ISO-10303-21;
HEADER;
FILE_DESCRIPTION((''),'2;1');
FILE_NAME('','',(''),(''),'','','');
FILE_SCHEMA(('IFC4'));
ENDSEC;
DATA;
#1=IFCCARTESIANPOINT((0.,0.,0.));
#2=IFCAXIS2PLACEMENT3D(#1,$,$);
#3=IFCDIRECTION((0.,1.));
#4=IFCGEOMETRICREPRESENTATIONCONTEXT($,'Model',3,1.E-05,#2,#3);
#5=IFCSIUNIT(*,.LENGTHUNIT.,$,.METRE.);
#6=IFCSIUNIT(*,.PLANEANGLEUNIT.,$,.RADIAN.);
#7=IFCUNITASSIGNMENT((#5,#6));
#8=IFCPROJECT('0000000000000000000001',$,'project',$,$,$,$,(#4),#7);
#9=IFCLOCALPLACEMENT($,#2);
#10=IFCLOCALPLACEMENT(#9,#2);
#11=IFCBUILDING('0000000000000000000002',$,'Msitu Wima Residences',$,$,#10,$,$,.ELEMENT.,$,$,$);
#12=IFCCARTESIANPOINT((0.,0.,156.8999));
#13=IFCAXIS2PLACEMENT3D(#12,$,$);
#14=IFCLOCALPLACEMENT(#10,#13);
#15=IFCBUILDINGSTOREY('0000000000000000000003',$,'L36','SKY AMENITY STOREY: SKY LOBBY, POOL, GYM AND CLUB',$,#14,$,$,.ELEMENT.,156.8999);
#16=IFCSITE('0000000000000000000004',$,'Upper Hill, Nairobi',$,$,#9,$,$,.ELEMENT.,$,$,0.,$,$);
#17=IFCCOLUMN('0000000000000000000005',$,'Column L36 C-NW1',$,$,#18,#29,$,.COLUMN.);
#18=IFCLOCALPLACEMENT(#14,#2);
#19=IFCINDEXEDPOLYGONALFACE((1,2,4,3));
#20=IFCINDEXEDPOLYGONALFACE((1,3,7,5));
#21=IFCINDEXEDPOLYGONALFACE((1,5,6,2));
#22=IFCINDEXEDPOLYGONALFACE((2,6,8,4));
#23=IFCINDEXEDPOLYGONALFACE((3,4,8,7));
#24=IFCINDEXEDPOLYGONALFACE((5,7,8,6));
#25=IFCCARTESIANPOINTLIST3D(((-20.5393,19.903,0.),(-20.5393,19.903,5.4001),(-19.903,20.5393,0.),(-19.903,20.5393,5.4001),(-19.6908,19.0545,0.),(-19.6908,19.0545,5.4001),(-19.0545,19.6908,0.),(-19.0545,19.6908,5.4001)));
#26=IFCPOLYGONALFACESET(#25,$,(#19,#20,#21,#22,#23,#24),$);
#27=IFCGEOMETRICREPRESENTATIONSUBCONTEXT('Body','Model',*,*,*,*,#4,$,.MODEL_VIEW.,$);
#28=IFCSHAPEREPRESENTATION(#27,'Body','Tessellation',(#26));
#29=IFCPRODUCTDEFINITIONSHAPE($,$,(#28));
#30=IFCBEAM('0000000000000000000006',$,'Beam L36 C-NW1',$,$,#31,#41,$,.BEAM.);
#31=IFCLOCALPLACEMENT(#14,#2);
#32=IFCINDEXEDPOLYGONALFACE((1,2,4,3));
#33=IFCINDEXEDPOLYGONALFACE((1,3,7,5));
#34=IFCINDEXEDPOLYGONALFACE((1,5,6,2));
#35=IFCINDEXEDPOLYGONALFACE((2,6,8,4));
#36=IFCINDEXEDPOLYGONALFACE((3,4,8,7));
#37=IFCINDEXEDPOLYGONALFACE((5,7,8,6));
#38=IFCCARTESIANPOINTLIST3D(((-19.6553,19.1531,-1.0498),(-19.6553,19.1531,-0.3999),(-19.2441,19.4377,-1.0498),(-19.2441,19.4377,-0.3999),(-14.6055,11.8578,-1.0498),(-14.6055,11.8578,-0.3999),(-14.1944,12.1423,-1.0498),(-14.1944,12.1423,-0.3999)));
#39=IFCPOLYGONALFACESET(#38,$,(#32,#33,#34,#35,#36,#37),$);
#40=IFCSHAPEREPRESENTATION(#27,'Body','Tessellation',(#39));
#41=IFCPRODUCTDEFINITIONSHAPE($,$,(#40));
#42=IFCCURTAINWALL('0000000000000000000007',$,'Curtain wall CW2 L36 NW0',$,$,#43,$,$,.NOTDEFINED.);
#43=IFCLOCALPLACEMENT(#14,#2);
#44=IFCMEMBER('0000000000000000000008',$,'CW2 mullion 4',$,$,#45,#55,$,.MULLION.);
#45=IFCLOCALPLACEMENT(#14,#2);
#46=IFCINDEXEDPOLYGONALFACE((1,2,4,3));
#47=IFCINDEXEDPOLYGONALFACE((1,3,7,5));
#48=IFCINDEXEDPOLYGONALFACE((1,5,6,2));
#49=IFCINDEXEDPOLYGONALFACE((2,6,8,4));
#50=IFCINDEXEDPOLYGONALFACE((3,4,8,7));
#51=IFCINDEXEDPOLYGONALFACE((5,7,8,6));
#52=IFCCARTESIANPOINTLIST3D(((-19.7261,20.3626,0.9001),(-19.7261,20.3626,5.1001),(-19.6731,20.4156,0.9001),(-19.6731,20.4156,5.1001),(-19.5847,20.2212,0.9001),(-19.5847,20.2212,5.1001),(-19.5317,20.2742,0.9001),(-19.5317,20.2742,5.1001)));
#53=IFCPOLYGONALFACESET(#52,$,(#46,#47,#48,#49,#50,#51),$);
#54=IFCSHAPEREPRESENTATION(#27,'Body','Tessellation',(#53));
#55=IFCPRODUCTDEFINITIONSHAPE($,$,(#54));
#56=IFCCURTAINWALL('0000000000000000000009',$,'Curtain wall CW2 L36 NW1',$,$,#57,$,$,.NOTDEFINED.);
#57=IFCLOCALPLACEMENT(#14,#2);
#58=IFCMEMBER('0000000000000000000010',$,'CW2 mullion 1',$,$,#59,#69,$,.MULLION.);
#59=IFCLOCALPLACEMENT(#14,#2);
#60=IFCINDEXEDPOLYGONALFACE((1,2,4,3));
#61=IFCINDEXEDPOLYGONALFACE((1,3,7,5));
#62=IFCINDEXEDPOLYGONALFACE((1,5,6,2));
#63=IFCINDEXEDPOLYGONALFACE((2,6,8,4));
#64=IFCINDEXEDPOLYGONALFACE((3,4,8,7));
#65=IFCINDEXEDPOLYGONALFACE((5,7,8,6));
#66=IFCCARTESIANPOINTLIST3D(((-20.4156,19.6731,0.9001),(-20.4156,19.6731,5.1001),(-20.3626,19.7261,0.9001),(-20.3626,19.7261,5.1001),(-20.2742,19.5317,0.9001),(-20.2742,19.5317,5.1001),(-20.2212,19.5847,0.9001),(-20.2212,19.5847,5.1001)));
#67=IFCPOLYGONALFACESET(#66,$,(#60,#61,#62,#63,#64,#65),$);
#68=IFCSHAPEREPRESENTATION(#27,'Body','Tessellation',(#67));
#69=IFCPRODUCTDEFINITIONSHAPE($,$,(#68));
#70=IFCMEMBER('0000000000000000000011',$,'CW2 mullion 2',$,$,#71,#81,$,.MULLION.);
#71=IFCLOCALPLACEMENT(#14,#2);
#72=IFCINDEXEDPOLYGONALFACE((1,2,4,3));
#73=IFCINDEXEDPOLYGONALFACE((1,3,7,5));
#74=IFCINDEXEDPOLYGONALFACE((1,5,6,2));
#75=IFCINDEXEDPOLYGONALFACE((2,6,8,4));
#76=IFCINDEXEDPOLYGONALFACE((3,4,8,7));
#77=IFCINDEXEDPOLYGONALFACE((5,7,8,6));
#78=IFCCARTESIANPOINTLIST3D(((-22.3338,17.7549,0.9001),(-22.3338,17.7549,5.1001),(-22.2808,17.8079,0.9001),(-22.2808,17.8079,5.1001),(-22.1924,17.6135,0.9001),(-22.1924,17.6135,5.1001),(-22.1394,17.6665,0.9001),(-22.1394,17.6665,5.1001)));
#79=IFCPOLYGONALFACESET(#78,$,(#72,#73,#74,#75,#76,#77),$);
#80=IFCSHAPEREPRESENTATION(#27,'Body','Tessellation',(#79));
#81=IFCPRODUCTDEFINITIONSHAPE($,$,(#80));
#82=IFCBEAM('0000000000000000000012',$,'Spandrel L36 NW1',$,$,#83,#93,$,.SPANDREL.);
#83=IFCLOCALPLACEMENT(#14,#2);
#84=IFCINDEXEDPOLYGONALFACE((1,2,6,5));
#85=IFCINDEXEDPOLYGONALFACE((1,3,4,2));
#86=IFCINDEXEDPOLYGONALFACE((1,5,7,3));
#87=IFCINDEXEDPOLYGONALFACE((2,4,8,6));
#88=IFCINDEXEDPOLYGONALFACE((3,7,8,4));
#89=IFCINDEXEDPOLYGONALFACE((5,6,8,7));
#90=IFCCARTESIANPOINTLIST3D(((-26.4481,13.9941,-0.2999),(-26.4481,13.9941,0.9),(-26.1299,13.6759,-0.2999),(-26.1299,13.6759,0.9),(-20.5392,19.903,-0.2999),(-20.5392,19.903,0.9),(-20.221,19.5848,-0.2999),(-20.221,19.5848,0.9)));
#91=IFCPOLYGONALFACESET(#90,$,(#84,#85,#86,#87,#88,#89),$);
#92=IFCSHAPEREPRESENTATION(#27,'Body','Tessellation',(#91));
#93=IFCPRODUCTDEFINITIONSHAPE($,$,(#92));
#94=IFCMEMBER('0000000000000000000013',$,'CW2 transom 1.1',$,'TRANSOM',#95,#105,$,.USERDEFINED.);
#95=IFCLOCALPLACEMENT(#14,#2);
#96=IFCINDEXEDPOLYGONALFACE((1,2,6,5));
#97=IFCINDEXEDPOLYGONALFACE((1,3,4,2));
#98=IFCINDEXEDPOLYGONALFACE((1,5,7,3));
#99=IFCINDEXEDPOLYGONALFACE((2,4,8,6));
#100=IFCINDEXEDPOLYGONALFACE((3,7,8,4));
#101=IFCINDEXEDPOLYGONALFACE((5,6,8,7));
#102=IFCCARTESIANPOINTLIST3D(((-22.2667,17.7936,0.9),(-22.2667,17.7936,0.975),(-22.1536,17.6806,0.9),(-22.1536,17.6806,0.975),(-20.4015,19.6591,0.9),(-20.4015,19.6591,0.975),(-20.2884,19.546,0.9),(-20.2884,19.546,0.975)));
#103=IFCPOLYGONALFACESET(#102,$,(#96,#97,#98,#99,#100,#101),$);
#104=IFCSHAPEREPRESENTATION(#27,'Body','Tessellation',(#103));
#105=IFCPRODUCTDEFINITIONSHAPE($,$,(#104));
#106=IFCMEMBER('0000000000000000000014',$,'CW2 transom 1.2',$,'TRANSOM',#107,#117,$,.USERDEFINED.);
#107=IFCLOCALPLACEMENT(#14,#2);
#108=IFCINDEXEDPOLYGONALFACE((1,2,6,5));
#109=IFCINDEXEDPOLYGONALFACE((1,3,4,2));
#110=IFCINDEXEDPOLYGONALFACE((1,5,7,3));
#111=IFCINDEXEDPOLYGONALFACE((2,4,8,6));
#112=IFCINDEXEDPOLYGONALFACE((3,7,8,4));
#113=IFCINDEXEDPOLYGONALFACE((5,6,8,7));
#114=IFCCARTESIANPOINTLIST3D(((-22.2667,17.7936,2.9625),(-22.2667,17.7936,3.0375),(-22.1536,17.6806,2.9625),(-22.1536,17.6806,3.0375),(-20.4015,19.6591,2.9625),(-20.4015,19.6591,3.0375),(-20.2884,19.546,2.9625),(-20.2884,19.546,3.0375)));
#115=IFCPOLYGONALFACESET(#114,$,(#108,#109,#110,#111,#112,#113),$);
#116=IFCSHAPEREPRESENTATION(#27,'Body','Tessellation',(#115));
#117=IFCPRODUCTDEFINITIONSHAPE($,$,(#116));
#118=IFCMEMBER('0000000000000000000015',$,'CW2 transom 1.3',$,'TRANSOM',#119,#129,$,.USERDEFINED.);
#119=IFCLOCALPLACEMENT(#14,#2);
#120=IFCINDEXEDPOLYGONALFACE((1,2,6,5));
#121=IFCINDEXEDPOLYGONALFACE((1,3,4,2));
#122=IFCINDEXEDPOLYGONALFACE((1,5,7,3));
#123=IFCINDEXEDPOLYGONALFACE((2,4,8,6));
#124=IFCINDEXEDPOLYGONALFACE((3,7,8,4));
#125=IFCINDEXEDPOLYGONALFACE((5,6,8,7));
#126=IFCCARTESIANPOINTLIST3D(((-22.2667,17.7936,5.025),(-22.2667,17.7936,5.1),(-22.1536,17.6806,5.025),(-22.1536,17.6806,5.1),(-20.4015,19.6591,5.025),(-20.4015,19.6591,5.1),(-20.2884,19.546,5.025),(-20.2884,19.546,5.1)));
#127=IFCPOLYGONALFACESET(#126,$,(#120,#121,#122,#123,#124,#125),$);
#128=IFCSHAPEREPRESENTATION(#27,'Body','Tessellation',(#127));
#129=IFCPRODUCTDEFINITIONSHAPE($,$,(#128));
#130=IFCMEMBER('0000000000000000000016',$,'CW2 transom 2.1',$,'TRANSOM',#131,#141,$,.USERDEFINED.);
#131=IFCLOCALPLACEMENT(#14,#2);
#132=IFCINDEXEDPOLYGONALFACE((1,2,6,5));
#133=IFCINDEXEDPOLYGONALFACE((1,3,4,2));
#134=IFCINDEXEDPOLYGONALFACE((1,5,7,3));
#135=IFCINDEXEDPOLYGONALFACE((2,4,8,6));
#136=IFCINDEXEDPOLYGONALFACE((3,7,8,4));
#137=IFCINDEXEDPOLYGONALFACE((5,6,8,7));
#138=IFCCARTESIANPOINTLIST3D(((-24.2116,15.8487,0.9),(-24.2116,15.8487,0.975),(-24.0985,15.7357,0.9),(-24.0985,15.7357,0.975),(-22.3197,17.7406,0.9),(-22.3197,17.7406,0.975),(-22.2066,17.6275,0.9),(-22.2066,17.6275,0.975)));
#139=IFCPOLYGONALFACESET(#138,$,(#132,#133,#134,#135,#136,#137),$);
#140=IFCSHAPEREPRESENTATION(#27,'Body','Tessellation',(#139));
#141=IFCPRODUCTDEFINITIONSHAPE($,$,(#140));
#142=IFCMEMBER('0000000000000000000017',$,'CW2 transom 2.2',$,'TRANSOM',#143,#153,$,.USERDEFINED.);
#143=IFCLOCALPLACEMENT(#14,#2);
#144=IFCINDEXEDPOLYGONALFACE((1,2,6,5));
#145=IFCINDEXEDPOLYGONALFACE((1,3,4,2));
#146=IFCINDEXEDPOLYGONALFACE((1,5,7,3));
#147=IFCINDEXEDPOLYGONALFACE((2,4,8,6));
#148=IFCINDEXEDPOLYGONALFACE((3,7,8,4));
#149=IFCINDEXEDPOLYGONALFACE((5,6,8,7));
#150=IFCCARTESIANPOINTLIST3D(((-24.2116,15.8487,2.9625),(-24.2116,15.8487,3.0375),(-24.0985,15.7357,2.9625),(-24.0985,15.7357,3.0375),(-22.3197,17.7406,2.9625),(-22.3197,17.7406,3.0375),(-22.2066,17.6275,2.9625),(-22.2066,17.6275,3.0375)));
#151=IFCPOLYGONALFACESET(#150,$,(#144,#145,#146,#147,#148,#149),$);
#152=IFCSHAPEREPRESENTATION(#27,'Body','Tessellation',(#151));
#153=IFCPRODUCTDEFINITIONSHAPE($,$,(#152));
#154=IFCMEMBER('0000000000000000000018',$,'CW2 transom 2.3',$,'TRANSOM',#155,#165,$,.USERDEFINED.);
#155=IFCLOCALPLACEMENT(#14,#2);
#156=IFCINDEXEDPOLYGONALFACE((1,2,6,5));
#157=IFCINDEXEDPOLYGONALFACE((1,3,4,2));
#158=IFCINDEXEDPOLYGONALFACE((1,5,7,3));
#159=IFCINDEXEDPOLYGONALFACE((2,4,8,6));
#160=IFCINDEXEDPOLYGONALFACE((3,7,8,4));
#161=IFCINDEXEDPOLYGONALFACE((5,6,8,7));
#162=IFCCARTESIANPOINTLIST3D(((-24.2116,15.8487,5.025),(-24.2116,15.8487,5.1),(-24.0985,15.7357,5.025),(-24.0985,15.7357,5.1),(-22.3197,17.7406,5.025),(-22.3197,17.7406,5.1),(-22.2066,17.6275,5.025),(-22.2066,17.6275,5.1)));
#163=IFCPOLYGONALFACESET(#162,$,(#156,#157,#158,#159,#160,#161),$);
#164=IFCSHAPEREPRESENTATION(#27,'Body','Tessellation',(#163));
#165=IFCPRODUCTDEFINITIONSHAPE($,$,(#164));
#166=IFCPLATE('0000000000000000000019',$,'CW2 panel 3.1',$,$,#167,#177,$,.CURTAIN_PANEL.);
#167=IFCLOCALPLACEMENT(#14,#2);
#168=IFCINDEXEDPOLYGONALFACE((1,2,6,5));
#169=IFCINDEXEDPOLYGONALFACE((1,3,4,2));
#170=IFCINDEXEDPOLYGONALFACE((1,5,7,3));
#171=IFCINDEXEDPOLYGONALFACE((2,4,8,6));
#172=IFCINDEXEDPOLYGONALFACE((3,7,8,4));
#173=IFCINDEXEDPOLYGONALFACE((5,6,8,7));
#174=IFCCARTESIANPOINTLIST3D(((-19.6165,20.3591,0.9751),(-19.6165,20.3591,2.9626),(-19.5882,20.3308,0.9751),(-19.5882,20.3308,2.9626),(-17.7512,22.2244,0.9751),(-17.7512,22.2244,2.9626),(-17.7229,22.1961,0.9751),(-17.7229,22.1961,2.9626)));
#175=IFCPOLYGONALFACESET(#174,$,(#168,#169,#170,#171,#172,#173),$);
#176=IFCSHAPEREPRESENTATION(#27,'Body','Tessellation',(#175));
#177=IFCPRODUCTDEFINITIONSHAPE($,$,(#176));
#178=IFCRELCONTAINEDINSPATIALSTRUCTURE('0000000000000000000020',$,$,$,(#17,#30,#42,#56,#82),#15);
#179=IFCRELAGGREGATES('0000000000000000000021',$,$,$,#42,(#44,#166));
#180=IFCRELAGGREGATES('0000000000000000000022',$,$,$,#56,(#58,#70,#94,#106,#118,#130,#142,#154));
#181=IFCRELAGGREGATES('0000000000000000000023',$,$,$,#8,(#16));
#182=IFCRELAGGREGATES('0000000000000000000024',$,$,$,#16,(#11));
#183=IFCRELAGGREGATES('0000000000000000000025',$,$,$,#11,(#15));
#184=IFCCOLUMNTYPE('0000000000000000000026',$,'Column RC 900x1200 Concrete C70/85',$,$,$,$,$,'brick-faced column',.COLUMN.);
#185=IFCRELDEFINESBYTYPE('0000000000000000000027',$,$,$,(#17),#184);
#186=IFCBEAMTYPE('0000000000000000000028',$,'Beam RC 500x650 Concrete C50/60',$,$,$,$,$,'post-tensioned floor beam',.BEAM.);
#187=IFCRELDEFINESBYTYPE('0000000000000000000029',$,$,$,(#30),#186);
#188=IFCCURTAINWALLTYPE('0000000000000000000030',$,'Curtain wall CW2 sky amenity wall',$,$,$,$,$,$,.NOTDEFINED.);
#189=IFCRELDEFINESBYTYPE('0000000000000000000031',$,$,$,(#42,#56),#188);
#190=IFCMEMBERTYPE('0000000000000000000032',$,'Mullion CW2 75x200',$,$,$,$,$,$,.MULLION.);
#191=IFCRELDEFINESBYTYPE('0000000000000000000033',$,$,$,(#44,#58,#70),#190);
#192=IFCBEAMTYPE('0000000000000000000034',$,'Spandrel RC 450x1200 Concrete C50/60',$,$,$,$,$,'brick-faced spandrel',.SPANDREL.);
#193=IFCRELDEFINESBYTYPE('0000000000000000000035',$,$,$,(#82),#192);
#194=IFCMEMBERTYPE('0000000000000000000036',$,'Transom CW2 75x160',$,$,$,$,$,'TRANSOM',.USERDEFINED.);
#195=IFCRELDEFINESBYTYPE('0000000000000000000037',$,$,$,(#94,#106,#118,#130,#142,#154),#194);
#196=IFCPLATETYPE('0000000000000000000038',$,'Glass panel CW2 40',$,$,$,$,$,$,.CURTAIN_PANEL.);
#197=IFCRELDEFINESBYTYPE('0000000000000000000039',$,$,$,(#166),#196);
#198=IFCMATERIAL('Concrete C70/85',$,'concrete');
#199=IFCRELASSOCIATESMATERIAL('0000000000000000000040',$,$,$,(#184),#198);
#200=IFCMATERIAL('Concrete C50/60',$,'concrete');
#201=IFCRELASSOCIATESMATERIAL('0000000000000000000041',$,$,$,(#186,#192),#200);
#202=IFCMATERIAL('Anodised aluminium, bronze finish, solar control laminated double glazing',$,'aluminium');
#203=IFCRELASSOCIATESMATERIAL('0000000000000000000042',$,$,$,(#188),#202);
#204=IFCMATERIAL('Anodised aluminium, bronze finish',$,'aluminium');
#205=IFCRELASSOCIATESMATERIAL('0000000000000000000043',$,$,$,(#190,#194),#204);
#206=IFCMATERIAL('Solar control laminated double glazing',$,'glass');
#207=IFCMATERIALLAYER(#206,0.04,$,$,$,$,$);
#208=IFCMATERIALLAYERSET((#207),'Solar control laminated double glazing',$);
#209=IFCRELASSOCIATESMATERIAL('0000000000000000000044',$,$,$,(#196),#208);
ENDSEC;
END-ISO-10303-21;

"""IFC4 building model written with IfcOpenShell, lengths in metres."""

from ifc_helpers import new_model, si_unit, direction, frame, origin, origin_2d, place, context, subcontext, project, spatial, rectangle, extrude, material, layer, layer_set, material_profile, profile_set, type_object, element, aggregate, save


model = new_model("IFC4")

# Units and contexts
model_context = context("Model", 3, precision=1e-05, world=origin(), true_north=direction((0.0, 1.0)))
body_context = subcontext(model_context, "Body", "Model", "MODEL_VIEW")
ifc_project = project(units=[si_unit("LENGTHUNIT", "METRE"), si_unit("PLANEANGLEUNIT", "RADIAN")], contexts=[model_context])

# Site, building, storey
site_placement = place(None, origin())
site = spatial("IfcSite", under=ifc_project, at=site_placement, Name="Upper Hill, Nairobi", CompositionType="ELEMENT", RefElevation=0.0)
building_placement = place(site_placement, origin())
building = spatial("IfcBuilding", under=site, at=building_placement, Name="Msitu Wima Residences", CompositionType="ELEMENT")
storey_placement = place(building_placement, frame((0.0, 0.0, 156.8999)))
storey = spatial("IfcBuildingStorey", under=building, at=storey_placement, Name="L36", Description="SKY AMENITY STOREY: SKY LOBBY, POOL, GYM AND CLUB", CompositionType="ELEMENT", Elevation=156.8999)

# Column
ifc_material_1 = material(Name="Concrete C70/85", Category="concrete")
ifc_material_profile_1 = material_profile(ifc_material_1, rectangle(XDim=0.8999, YDim=1.2, at=origin_2d()), Name="RC 900x1200")
ifc_profile_set_1 = profile_set([ifc_material_profile_1], Name="Concrete C70/85")
column_type = type_object("IfcColumnType", Name="Column RC 900x1200 Concrete C70/85", ElementType="brick-faced column", PredefinedType="COLUMN", material=ifc_profile_set_1)
column_placement = place(storey_placement, frame((-19.7969, 19.7969, 0.0), z_axis=(0.0, 0.0, 1.0), x_axis=(-0.707107, -0.707107, 0.0)))
element("IfcColumn", 1, at=column_placement, inside=storey, type_object=column_type, Name="Column L36 C-NW1", PredefinedType="COLUMN", context=body_context, shape_type="SweptSolid", body=[
    extrude(rectangle(XDim=0.8999, YDim=1.2, at=origin_2d()), origin(), (0.0, 0.0, 1.0), 5.4001),
])

# Beam
ifc_material_2 = material(Name="Concrete C50/60", Category="concrete")
ifc_material_profile_2 = material_profile(ifc_material_2, rectangle(XDim=0.5, YDim=0.6499, at=origin_2d()), Name="RC 500x650")
ifc_profile_set_2 = profile_set([ifc_material_profile_2], Name="Concrete C50/60")
beam_type_1 = type_object("IfcBeamType", Name="Beam RC 500x650 Concrete C50/60", ElementType="post-tensioned floor beam", PredefinedType="BEAM", material=ifc_profile_set_2)
beam_1_placement = place(storey_placement, frame((-19.4497, 19.2954, -0.7249), z_axis=(0.569144, -0.822238, 0.0), x_axis=(0.822238, 0.569144, 0.0)))
element("IfcBeam", 2, at=beam_1_placement, inside=storey, type_object=beam_type_1, Name="Beam L36 C-NW1", PredefinedType="BEAM", context=body_context, shape_type="SweptSolid", body=[
    extrude(rectangle(XDim=0.5, YDim=0.6499, at=origin_2d()), origin(), (0.0, 0.0, 1.0), 8.8726),
])

# Curtain wall, member
ifc_material_3 = material(Name="Anodised aluminium, bronze finish, solar control laminated double glazing", Category="aluminium")
curtain_wall_type = type_object("IfcCurtainWallType", Name="Curtain wall CW2 sky amenity wall", PredefinedType="NOTDEFINED", material=ifc_material_3)
curtain_wall_1_placement = place(storey_placement, origin())
curtain_wall_1 = element("IfcCurtainWall", 3, at=curtain_wall_1_placement, inside=storey, type_object=curtain_wall_type, Name="Curtain wall CW2 L36 NW0", PredefinedType="NOTDEFINED")
ifc_material_4 = material(Name="Anodised aluminium, bronze finish", Category="aluminium")
ifc_material_profile_3 = material_profile(ifc_material_4, rectangle(XDim=0.2, YDim=0.075, at=origin_2d()), Name="Mullion 75x200")
ifc_profile_set_3 = profile_set([ifc_material_profile_3], Name="Anodised aluminium, bronze finish")
member_type_1 = type_object("IfcMemberType", Name="Mullion CW2 75x200", PredefinedType="MULLION", material=ifc_profile_set_3)
member_1_placement = place(storey_placement, frame((-19.6289, 20.3184, 0.9001), z_axis=(0.0, 0.0, 1.0), x_axis=(0.707107, -0.707107, 0.0)))
member_1 = element("IfcMember", 4, at=member_1_placement, type_object=member_type_1, Name="CW2 mullion 4", PredefinedType="MULLION", context=body_context, shape_type="SweptSolid", body=[
    extrude(rectangle(XDim=0.2, YDim=0.075, at=origin_2d()), origin(), (0.0, 0.0, 1.0), 4.2),
])

# Curtain wall, members
curtain_wall_2_placement = place(storey_placement, origin())
curtain_wall_2 = element("IfcCurtainWall", 5, at=curtain_wall_2_placement, inside=storey, type_object=curtain_wall_type, Name="Curtain wall CW2 L36 NW1", PredefinedType="NOTDEFINED")
member_2_placement = place(storey_placement, frame((-20.3184, 19.6289, 0.9001), z_axis=(0.0, 0.0, 1.0), x_axis=(0.707107, -0.707107, 0.0)))
member_2 = element("IfcMember", 6, at=member_2_placement, type_object=member_type_1, Name="CW2 mullion 1", PredefinedType="MULLION", context=body_context, shape_type="SweptSolid", body=[
    extrude(rectangle(XDim=0.2, YDim=0.075, at=origin_2d()), origin(), (0.0, 0.0, 1.0), 4.2),
])
member_3_placement = place(storey_placement, frame((-22.2366, 17.7107, 0.9001), z_axis=(0.0, 0.0, 1.0), x_axis=(0.707107, -0.707107, 0.0)))
member_3 = element("IfcMember", 7, at=member_3_placement, type_object=member_type_1, Name="CW2 mullion 2", PredefinedType="MULLION", context=body_context, shape_type="SweptSolid", body=[
    extrude(rectangle(XDim=0.2, YDim=0.075, at=origin_2d()), origin(), (0.0, 0.0, 1.0), 4.2),
])

# Beam
ifc_material_profile_4 = material_profile(ifc_material_2, rectangle(XDim=0.45, YDim=1.2, at=origin_2d()), Name="RC 450x1200")
ifc_profile_set_4 = profile_set([ifc_material_profile_4], Name="Concrete C50/60")
beam_type_2 = type_object("IfcBeamType", Name="Spandrel RC 450x1200 Concrete C50/60", ElementType="brick-faced spandrel", PredefinedType="SPANDREL", material=ifc_profile_set_4)
beam_2_placement = place(storey_placement, frame((-20.3801, 19.7439, 0.3), z_axis=(-0.707107, -0.707107, 0.0), x_axis=(0.707107, -0.707107, 0.0)))
element("IfcBeam", 8, at=beam_2_placement, inside=storey, type_object=beam_type_2, Name="Spandrel L36 NW1", PredefinedType="SPANDREL", context=body_context, shape_type="SweptSolid", body=[
    extrude(rectangle(XDim=0.45, YDim=1.2, at=origin_2d()), origin(), (0.0, 0.0, 1.0), 8.3564),
])

# Members
ifc_material_profile_5 = material_profile(ifc_material_4, rectangle(XDim=0.1599, YDim=0.075, at=origin_2d()), Name="Transom 75x160")
ifc_profile_set_5 = profile_set([ifc_material_profile_5], Name="Anodised aluminium, bronze finish")
member_type_2 = type_object("IfcMemberType", Name="Transom CW2 75x160", ElementType="TRANSOM", PredefinedType="USERDEFINED", material=ifc_profile_set_5)
member_4_placement = place(storey_placement, frame((-20.345, 19.6025, 0.9375), z_axis=(-0.707061, -0.707153, 0.0), x_axis=(0.707153, -0.707061, 0.0)))
member_4 = element("IfcMember", 9, at=member_4_placement, type_object=member_type_2, Name="CW2 transom 1.1", ObjectType="TRANSOM", PredefinedType="USERDEFINED", context=body_context, shape_type="SweptSolid", body=[
    extrude(rectangle(XDim=0.1599, YDim=0.075, at=origin_2d()), origin(), (0.0, 0.0, 1.0), 2.6379),
])
member_5_placement = place(storey_placement, frame((-20.345, 19.6025, 3.0), z_axis=(-0.707061, -0.707153, 0.0), x_axis=(0.707153, -0.707061, 0.0)))
member_5 = element("IfcMember", 10, at=member_5_placement, type_object=member_type_2, Name="CW2 transom 1.2", ObjectType="TRANSOM", PredefinedType="USERDEFINED", context=body_context, shape_type="SweptSolid", body=[
    extrude(rectangle(XDim=0.1599, YDim=0.075, at=origin_2d()), origin(), (0.0, 0.0, 1.0), 2.6379),
])
member_6_placement = place(storey_placement, frame((-20.345, 19.6025, 5.0625), z_axis=(-0.707061, -0.707153, 0.0), x_axis=(0.707153, -0.707061, 0.0)))
member_6 = element("IfcMember", 11, at=member_6_placement, type_object=member_type_2, Name="CW2 transom 1.3", ObjectType="TRANSOM", PredefinedType="USERDEFINED", context=body_context, shape_type="SweptSolid", body=[
    extrude(rectangle(XDim=0.1599, YDim=0.075, at=origin_2d()), origin(), (0.0, 0.0, 1.0), 2.6379),
])
member_7_placement = place(storey_placement, frame((-22.2632, 17.6841, 0.9375), z_axis=(-0.707107, -0.707107, 0.0), x_axis=(0.707107, -0.707107, 0.0)))
member_7 = element("IfcMember", 12, at=member_7_placement, type_object=member_type_2, Name="CW2 transom 2.1", ObjectType="TRANSOM", PredefinedType="USERDEFINED", context=body_context, shape_type="SweptSolid", body=[
    extrude(rectangle(XDim=0.1599, YDim=0.075, at=origin_2d()), origin(), (0.0, 0.0, 1.0), 2.6755),
])
member_8_placement = place(storey_placement, frame((-22.2632, 17.6841, 3.0), z_axis=(-0.707107, -0.707107, 0.0), x_axis=(0.707107, -0.707107, 0.0)))
member_8 = element("IfcMember", 13, at=member_8_placement, type_object=member_type_2, Name="CW2 transom 2.2", ObjectType="TRANSOM", PredefinedType="USERDEFINED", context=body_context, shape_type="SweptSolid", body=[
    extrude(rectangle(XDim=0.1599, YDim=0.075, at=origin_2d()), origin(), (0.0, 0.0, 1.0), 2.6755),
])
member_9_placement = place(storey_placement, frame((-22.2632, 17.6841, 5.0625), z_axis=(-0.707107, -0.707107, 0.0), x_axis=(0.707107, -0.707107, 0.0)))
member_9 = element("IfcMember", 14, at=member_9_placement, type_object=member_type_2, Name="CW2 transom 2.3", ObjectType="TRANSOM", PredefinedType="USERDEFINED", context=body_context, shape_type="SweptSolid", body=[
    extrude(rectangle(XDim=0.1599, YDim=0.075, at=origin_2d()), origin(), (0.0, 0.0, 1.0), 2.6755),
])

# Plate
ifc_material_5 = material(Name="Solar control laminated double glazing", Category="glass")
ifc_layer_1 = layer(ifc_material_5, 0.04)
ifc_layer_set_1 = layer_set([ifc_layer_1], Name="Solar control laminated double glazing")
plate_type = type_object("IfcPlateType", Name="Glass panel CW2 40", PredefinedType="CURTAIN_PANEL", material=ifc_layer_set_1)
plate_1_placement = place(storey_placement, frame((-18.6697, 21.2776, 0.9751), z_axis=(0.0, 0.0, 1.0), x_axis=(-0.707107, -0.707107, 0.0)))
plate_1 = element("IfcPlate", 15, at=plate_1_placement, type_object=plate_type, Name="CW2 panel 3.1", PredefinedType="CURTAIN_PANEL", context=body_context, shape_type="SweptSolid", body=[
    extrude(rectangle(XDim=2.6379, YDim=0.04, at=origin_2d()), origin(), (0.0, 0.0, 1.0), 1.9875),
])
aggregate(curtain_wall_1, [member_1, plate_1])
aggregate(curtain_wall_2, [member_2, member_3, member_4, member_5, member_6, member_7, member_8, member_9])

save(model, "model.ifc")
